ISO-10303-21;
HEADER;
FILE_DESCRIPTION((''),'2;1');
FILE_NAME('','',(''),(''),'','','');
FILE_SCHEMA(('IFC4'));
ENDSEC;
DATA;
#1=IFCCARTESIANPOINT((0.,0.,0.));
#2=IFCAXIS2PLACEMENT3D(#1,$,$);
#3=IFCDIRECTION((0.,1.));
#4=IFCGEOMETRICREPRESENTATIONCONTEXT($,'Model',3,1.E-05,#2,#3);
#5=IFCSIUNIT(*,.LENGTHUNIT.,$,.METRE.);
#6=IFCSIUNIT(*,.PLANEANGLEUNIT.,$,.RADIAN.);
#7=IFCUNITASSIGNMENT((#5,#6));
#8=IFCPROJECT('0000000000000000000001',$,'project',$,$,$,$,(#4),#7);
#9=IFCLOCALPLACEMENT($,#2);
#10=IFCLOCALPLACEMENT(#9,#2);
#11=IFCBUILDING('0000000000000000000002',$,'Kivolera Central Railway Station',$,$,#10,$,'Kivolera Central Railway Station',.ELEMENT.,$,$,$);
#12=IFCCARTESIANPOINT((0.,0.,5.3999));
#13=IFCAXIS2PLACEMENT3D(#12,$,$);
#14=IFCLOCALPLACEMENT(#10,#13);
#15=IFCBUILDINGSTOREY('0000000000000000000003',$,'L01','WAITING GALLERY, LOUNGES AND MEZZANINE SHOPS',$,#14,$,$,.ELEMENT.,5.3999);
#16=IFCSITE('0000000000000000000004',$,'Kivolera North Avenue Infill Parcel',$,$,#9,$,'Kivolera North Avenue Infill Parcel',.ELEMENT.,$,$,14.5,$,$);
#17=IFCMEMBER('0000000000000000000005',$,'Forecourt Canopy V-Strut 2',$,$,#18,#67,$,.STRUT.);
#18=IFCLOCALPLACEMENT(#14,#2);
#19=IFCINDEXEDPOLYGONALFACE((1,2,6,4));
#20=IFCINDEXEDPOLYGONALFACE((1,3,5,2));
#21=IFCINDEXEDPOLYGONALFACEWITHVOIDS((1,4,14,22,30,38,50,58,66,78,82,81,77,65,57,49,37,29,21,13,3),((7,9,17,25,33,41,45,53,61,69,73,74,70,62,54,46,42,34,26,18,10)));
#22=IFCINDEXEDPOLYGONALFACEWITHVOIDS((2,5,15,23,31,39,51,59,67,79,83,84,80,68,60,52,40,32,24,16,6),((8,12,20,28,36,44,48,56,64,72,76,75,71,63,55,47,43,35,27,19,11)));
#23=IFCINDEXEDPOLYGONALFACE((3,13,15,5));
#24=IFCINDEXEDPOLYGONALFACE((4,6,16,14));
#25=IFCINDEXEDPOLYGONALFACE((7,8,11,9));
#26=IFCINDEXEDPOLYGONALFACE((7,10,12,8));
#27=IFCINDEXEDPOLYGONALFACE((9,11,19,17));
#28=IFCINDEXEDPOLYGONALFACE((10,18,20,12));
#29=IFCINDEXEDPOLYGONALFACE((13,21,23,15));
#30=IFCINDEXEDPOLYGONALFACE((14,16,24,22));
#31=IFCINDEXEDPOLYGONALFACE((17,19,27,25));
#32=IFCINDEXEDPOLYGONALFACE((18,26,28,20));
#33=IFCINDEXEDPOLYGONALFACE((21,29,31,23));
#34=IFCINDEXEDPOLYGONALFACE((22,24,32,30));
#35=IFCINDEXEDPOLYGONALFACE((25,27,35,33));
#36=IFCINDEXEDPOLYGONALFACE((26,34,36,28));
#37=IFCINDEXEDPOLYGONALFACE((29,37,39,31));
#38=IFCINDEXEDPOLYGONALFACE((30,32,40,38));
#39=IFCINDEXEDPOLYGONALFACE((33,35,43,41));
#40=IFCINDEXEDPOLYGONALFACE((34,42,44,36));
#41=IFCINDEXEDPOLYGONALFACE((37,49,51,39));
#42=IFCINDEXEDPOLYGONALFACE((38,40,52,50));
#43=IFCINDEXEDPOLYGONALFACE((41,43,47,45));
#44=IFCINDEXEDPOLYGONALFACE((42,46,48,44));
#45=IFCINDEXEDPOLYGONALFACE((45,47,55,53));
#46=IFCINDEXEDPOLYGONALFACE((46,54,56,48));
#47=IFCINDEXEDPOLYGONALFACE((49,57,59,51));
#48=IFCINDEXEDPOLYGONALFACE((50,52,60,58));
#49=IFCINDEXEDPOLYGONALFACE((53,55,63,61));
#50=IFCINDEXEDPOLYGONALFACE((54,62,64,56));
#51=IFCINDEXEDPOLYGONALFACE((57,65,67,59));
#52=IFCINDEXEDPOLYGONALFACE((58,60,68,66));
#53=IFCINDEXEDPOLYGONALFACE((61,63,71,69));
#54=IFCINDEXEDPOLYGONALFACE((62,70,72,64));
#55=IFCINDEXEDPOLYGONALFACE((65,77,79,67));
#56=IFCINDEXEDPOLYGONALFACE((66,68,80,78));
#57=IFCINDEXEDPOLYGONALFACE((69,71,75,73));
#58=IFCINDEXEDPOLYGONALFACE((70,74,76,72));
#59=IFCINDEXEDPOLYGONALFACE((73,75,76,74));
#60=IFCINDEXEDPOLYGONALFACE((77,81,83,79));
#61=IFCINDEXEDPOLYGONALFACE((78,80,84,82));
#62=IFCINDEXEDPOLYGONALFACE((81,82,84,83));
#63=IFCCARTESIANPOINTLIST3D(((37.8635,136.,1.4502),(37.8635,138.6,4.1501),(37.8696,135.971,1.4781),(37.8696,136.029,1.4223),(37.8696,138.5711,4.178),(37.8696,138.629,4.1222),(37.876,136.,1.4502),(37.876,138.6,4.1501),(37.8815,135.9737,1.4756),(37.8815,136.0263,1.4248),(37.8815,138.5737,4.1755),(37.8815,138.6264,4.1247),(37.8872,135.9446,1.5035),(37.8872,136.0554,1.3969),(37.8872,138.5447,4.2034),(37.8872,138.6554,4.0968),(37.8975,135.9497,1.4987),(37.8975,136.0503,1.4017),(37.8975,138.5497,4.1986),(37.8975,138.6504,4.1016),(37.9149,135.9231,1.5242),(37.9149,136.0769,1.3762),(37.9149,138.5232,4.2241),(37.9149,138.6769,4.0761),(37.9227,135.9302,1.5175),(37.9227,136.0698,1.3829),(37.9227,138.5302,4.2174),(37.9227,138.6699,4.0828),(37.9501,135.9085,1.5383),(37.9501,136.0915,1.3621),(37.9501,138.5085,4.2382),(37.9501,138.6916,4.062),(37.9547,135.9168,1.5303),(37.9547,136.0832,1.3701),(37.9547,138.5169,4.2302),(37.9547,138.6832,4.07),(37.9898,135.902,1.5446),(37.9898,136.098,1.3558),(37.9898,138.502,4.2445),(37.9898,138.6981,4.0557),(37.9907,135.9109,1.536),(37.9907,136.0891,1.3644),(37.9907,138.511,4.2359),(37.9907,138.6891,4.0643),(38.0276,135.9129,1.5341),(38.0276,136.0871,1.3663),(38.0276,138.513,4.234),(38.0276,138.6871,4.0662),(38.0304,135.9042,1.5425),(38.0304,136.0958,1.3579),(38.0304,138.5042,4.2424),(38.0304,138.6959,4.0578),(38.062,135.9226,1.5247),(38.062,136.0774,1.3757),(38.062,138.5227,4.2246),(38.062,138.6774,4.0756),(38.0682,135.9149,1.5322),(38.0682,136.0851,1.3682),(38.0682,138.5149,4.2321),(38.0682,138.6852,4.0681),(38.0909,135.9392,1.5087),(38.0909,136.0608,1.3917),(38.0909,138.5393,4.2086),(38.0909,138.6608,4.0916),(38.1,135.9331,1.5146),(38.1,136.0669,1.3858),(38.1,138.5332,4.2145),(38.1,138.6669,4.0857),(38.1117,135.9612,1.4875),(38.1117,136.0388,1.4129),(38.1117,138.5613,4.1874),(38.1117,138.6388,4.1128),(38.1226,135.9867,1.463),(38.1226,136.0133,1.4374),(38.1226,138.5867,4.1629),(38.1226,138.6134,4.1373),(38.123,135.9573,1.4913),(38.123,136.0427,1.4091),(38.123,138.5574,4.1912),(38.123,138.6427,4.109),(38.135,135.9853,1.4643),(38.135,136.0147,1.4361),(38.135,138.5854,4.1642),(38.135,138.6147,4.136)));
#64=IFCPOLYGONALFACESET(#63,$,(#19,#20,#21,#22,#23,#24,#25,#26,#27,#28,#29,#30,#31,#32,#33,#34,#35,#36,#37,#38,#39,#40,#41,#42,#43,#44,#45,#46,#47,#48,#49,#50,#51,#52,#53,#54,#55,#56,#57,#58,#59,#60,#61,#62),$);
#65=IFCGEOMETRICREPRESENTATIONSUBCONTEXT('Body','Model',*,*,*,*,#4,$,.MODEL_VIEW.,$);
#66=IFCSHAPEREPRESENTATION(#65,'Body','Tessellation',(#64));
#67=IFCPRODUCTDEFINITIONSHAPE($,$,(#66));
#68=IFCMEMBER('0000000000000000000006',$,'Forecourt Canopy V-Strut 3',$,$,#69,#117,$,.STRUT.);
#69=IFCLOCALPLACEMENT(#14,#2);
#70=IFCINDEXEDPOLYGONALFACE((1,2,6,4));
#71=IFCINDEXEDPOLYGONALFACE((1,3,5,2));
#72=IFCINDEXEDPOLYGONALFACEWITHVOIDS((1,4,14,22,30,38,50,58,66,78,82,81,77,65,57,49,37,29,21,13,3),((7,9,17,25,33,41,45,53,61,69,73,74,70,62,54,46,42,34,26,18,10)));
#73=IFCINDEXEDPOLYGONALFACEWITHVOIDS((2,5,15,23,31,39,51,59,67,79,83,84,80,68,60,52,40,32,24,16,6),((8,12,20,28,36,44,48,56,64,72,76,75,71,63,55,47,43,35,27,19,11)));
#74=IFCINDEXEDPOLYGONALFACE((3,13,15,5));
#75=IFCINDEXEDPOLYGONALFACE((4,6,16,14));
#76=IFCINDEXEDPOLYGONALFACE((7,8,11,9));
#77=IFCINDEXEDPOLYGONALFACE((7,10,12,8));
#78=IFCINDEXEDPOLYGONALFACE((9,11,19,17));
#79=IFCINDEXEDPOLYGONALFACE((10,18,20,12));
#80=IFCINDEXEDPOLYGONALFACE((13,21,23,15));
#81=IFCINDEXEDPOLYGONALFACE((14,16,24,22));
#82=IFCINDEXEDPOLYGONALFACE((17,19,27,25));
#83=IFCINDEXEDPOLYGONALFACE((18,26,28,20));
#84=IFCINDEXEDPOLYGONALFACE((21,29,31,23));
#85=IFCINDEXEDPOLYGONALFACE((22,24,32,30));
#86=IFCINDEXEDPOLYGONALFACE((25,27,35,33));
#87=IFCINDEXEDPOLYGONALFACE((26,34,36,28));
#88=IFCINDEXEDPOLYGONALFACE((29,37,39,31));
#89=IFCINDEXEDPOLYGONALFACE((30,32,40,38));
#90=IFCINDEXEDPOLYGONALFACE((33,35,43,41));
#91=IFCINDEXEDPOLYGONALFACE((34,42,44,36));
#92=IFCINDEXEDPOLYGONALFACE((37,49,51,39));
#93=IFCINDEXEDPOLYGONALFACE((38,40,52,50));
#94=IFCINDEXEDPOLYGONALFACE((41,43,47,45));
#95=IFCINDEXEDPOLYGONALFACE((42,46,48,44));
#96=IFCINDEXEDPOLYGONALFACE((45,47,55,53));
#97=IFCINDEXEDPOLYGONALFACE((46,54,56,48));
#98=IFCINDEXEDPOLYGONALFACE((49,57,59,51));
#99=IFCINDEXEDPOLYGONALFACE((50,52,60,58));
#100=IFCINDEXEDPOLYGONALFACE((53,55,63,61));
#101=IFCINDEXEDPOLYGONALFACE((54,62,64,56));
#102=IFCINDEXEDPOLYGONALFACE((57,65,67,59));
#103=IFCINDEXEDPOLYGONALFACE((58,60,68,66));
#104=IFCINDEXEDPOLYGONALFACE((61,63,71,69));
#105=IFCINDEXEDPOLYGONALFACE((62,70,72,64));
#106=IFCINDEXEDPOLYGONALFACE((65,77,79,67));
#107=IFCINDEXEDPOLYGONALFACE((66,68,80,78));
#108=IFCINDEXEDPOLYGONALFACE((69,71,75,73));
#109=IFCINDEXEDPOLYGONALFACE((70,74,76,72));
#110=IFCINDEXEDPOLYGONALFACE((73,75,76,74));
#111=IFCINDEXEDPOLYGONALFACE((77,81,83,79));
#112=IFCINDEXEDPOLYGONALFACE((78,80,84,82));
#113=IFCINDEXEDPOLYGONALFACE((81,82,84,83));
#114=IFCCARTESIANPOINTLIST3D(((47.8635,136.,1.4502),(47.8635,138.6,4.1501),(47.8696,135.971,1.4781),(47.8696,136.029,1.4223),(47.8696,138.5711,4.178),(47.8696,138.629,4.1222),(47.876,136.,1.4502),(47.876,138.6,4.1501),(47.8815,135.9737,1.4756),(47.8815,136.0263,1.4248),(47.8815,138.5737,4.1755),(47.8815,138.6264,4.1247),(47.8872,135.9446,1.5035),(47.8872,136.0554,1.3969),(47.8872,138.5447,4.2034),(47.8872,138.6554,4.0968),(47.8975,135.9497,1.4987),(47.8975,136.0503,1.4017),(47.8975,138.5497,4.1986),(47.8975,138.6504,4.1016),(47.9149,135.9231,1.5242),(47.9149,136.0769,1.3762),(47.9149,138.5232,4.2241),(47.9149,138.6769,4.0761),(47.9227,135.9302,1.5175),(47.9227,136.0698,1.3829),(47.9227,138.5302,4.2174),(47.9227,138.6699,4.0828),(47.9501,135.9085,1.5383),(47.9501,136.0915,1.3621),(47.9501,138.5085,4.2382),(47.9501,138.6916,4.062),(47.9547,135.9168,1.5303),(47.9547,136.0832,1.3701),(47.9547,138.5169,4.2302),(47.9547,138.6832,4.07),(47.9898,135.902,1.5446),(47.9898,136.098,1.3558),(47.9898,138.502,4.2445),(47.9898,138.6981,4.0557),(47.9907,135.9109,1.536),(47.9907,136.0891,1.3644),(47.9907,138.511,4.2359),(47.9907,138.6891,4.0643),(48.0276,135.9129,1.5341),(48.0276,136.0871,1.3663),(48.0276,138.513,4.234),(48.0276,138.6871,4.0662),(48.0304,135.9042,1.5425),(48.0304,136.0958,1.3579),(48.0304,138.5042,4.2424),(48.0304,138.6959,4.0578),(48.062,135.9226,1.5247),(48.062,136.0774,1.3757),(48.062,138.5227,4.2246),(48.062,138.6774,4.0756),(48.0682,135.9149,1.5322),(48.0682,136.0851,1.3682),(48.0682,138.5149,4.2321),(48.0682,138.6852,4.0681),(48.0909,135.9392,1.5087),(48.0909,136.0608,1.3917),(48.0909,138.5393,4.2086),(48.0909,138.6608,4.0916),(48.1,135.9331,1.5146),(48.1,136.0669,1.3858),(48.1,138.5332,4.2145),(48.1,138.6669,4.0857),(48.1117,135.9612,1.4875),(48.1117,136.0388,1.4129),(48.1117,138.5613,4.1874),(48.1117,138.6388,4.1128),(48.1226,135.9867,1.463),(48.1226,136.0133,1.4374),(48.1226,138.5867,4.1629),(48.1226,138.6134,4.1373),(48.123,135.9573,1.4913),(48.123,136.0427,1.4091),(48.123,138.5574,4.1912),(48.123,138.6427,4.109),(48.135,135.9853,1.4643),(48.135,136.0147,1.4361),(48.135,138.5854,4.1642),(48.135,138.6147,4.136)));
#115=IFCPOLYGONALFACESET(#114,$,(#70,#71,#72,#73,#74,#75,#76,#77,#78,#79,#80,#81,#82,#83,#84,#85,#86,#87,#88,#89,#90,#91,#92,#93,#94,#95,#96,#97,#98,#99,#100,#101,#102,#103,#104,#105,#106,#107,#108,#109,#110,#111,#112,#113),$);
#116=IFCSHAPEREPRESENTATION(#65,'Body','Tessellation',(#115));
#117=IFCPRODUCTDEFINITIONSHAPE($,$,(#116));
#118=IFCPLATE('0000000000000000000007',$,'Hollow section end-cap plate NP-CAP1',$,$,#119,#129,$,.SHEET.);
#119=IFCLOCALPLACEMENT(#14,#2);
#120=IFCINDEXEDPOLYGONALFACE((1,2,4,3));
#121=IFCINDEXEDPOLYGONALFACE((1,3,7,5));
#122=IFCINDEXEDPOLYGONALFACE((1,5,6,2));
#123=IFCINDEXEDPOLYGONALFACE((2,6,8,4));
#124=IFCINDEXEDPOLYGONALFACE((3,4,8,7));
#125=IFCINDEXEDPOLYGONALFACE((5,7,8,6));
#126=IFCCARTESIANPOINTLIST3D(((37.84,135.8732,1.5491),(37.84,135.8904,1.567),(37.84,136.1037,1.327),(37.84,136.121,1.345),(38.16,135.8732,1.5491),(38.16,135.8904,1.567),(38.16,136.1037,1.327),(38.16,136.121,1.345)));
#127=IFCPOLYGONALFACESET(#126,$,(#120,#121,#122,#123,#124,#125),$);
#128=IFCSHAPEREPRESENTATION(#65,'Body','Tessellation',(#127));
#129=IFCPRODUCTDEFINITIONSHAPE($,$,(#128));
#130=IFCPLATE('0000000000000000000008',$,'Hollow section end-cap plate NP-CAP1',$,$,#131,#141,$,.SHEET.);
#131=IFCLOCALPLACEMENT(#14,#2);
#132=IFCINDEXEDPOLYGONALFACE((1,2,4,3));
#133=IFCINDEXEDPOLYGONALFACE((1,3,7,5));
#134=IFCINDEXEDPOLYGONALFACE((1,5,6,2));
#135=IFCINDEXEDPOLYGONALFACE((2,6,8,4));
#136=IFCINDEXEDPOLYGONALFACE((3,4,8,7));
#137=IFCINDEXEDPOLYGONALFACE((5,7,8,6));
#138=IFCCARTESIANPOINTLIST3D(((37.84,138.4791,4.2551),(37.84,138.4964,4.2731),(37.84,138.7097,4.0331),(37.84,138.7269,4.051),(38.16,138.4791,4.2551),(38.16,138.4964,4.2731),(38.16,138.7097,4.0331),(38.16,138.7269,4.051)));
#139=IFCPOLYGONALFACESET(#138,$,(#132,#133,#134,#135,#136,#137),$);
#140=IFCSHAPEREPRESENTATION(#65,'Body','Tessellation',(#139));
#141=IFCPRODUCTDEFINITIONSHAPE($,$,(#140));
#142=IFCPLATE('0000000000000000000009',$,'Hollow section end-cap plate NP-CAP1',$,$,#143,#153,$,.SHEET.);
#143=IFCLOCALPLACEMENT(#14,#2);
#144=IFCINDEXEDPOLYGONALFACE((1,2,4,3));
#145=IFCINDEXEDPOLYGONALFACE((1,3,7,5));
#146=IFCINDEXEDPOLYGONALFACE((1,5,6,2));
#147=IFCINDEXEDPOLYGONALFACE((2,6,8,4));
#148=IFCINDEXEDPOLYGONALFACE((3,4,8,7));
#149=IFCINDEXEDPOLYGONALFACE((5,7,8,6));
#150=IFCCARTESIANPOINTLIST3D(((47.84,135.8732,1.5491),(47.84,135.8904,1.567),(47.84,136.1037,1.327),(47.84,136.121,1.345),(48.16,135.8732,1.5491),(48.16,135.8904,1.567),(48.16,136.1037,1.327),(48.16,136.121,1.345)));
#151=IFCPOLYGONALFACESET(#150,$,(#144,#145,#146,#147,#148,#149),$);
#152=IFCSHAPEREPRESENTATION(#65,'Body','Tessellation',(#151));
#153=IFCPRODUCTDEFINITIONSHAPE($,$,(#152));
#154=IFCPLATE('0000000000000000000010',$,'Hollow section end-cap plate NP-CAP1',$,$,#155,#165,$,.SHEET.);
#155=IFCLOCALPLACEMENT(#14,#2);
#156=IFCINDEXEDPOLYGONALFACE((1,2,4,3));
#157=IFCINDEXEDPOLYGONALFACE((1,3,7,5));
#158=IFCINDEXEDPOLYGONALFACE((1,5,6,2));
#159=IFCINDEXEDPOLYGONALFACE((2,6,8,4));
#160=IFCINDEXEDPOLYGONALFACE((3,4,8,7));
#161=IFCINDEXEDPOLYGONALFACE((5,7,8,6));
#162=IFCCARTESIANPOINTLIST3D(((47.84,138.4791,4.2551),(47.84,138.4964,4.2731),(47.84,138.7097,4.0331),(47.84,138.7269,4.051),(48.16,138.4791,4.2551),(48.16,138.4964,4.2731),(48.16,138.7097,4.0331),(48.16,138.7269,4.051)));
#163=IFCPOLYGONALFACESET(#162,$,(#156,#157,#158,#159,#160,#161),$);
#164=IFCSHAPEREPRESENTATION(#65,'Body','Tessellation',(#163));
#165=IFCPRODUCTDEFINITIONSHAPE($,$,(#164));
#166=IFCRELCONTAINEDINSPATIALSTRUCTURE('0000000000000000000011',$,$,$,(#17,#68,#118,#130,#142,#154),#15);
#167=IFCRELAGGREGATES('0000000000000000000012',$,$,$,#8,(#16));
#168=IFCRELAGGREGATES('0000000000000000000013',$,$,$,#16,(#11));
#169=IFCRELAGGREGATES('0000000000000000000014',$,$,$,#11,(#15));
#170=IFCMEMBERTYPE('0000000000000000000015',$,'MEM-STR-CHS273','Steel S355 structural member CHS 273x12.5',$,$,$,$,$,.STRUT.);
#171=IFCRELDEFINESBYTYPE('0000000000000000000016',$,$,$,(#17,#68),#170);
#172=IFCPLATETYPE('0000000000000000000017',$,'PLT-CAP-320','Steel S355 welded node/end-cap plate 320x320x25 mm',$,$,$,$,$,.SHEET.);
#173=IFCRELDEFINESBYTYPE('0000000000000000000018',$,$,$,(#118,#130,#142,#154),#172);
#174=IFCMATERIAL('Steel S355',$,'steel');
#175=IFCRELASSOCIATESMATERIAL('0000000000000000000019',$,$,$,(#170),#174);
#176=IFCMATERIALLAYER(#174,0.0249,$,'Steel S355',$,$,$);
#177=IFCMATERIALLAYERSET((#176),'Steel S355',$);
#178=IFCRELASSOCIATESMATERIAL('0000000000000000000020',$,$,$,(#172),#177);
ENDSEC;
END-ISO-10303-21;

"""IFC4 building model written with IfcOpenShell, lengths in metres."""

from ifc_helpers import new_model, si_unit, direction, frame, origin, origin_2d, place, context, subcontext, project, spatial, rectangle, hollow_circle, extrude, material, layer, layer_set, material_profile, profile_set, type_object, element, save


model = new_model("IFC4")

# Units and contexts
model_context = context("Model", 3, precision=1e-05, world=origin(), true_north=direction((0.0, 1.0)))
body_context = subcontext(model_context, "Body", "Model", "MODEL_VIEW")
ifc_project = project(units=[si_unit("LENGTHUNIT", "METRE"), si_unit("PLANEANGLEUNIT", "RADIAN")], contexts=[model_context])

# Site, building, storey
site_placement = place(None, origin())
site = spatial("IfcSite", under=ifc_project, at=site_placement, Name="Kivolera North Avenue Infill Parcel", LongName="Kivolera North Avenue Infill Parcel", CompositionType="ELEMENT", RefElevation=14.5)
building_placement = place(site_placement, origin())
building = spatial("IfcBuilding", under=site, at=building_placement, Name="Kivolera Central Railway Station", LongName="Kivolera Central Railway Station", CompositionType="ELEMENT")
storey_placement = place(building_placement, frame((0.0, 0.0, 5.3999)))
storey = spatial("IfcBuildingStorey", under=building, at=storey_placement, Name="L01", Description="WAITING GALLERY, LOUNGES AND MEZZANINE SHOPS", CompositionType="ELEMENT", Elevation=5.3999)

# Shared definitions
ifc_material = material(Name="Steel S355", Category="steel")

# Members
ifc_material_profile_1 = material_profile(ifc_material, hollow_circle(Radius=0.1365, WallThickness=0.0125, at=origin_2d()), Name="CHS 273x12.5")
ifc_profile_set_1 = profile_set([ifc_material_profile_1], Name="Steel S355")
member_type_1 = type_object("IfcMemberType", Name="MEM-STR-CHS273", Description="Steel S355 structural member CHS 273x12.5", PredefinedType="STRUT", material=ifc_profile_set_1)
for number, where, z_axis, x_axis, name in (
    (1, (38.0, 136.0, 1.4502), (0.0, 0.693662, 0.720301), (-1.0, 0.0, 0.0), "Forecourt Canopy V-Strut 2"),
    (2, (48.0, 136.0, 1.4502), (0.0, 0.693662, 0.720301), (-1.0, 0.0, 0.0), "Forecourt Canopy V-Strut 3"),
):
    element("IfcMember", number, at=place(storey_placement, frame(where, z_axis=z_axis, x_axis=x_axis)), inside=storey, type_object=member_type_1, Name=name, PredefinedType="STRUT", context=body_context, shape_type="SweptSolid", body=[
        extrude(hollow_circle(Radius=0.1365, WallThickness=0.0125, at=origin_2d()), origin(), (0.0, 0.0, 1.0), 3.7483),
    ])

# Plates
ifc_layer = layer(ifc_material, 0.0249, Name="Steel S355")
ifc_layer_set = layer_set([ifc_layer], Name="Steel S355")
plate_type = type_object("IfcPlateType", Name="PLT-CAP-320", Description="Steel S355 welded node/end-cap plate 320x320x25 mm", PredefinedType="SHEET", material=ifc_layer_set)
for number, where, z_axis, x_axis, name in (
    (3, (38.0, 135.9971, 1.447), (0.0, 0.693642, 0.72032), (-1.0, 0.0, 0.0), "Hollow section end-cap plate NP-CAP1"),
    (4, (38.0, 138.603, 4.1531), (0.0, 0.693642, 0.72032), (-1.0, 0.0, 0.0), "Hollow section end-cap plate NP-CAP1"),
    (5, (48.0, 135.9971, 1.447), (0.0, 0.693642, 0.72032), (-1.0, 0.0, 0.0), "Hollow section end-cap plate NP-CAP1"),
    (6, (48.0, 138.603, 4.1531), (0.0, 0.693642, 0.72032), (-1.0, 0.0, 0.0), "Hollow section end-cap plate NP-CAP1"),
):
    element("IfcPlate", number, at=place(storey_placement, frame(where, z_axis=z_axis, x_axis=x_axis)), inside=storey, type_object=plate_type, Name=name, PredefinedType="SHEET", context=body_context, shape_type="SweptSolid", body=[
        extrude(rectangle(XDim=0.3201, YDim=0.3201, at=origin_2d()), frame((0.0, 0.0, -0.0125)), (0.0, 0.0, 1.0), 0.0249),
    ])

save(model, "model.ifc")
